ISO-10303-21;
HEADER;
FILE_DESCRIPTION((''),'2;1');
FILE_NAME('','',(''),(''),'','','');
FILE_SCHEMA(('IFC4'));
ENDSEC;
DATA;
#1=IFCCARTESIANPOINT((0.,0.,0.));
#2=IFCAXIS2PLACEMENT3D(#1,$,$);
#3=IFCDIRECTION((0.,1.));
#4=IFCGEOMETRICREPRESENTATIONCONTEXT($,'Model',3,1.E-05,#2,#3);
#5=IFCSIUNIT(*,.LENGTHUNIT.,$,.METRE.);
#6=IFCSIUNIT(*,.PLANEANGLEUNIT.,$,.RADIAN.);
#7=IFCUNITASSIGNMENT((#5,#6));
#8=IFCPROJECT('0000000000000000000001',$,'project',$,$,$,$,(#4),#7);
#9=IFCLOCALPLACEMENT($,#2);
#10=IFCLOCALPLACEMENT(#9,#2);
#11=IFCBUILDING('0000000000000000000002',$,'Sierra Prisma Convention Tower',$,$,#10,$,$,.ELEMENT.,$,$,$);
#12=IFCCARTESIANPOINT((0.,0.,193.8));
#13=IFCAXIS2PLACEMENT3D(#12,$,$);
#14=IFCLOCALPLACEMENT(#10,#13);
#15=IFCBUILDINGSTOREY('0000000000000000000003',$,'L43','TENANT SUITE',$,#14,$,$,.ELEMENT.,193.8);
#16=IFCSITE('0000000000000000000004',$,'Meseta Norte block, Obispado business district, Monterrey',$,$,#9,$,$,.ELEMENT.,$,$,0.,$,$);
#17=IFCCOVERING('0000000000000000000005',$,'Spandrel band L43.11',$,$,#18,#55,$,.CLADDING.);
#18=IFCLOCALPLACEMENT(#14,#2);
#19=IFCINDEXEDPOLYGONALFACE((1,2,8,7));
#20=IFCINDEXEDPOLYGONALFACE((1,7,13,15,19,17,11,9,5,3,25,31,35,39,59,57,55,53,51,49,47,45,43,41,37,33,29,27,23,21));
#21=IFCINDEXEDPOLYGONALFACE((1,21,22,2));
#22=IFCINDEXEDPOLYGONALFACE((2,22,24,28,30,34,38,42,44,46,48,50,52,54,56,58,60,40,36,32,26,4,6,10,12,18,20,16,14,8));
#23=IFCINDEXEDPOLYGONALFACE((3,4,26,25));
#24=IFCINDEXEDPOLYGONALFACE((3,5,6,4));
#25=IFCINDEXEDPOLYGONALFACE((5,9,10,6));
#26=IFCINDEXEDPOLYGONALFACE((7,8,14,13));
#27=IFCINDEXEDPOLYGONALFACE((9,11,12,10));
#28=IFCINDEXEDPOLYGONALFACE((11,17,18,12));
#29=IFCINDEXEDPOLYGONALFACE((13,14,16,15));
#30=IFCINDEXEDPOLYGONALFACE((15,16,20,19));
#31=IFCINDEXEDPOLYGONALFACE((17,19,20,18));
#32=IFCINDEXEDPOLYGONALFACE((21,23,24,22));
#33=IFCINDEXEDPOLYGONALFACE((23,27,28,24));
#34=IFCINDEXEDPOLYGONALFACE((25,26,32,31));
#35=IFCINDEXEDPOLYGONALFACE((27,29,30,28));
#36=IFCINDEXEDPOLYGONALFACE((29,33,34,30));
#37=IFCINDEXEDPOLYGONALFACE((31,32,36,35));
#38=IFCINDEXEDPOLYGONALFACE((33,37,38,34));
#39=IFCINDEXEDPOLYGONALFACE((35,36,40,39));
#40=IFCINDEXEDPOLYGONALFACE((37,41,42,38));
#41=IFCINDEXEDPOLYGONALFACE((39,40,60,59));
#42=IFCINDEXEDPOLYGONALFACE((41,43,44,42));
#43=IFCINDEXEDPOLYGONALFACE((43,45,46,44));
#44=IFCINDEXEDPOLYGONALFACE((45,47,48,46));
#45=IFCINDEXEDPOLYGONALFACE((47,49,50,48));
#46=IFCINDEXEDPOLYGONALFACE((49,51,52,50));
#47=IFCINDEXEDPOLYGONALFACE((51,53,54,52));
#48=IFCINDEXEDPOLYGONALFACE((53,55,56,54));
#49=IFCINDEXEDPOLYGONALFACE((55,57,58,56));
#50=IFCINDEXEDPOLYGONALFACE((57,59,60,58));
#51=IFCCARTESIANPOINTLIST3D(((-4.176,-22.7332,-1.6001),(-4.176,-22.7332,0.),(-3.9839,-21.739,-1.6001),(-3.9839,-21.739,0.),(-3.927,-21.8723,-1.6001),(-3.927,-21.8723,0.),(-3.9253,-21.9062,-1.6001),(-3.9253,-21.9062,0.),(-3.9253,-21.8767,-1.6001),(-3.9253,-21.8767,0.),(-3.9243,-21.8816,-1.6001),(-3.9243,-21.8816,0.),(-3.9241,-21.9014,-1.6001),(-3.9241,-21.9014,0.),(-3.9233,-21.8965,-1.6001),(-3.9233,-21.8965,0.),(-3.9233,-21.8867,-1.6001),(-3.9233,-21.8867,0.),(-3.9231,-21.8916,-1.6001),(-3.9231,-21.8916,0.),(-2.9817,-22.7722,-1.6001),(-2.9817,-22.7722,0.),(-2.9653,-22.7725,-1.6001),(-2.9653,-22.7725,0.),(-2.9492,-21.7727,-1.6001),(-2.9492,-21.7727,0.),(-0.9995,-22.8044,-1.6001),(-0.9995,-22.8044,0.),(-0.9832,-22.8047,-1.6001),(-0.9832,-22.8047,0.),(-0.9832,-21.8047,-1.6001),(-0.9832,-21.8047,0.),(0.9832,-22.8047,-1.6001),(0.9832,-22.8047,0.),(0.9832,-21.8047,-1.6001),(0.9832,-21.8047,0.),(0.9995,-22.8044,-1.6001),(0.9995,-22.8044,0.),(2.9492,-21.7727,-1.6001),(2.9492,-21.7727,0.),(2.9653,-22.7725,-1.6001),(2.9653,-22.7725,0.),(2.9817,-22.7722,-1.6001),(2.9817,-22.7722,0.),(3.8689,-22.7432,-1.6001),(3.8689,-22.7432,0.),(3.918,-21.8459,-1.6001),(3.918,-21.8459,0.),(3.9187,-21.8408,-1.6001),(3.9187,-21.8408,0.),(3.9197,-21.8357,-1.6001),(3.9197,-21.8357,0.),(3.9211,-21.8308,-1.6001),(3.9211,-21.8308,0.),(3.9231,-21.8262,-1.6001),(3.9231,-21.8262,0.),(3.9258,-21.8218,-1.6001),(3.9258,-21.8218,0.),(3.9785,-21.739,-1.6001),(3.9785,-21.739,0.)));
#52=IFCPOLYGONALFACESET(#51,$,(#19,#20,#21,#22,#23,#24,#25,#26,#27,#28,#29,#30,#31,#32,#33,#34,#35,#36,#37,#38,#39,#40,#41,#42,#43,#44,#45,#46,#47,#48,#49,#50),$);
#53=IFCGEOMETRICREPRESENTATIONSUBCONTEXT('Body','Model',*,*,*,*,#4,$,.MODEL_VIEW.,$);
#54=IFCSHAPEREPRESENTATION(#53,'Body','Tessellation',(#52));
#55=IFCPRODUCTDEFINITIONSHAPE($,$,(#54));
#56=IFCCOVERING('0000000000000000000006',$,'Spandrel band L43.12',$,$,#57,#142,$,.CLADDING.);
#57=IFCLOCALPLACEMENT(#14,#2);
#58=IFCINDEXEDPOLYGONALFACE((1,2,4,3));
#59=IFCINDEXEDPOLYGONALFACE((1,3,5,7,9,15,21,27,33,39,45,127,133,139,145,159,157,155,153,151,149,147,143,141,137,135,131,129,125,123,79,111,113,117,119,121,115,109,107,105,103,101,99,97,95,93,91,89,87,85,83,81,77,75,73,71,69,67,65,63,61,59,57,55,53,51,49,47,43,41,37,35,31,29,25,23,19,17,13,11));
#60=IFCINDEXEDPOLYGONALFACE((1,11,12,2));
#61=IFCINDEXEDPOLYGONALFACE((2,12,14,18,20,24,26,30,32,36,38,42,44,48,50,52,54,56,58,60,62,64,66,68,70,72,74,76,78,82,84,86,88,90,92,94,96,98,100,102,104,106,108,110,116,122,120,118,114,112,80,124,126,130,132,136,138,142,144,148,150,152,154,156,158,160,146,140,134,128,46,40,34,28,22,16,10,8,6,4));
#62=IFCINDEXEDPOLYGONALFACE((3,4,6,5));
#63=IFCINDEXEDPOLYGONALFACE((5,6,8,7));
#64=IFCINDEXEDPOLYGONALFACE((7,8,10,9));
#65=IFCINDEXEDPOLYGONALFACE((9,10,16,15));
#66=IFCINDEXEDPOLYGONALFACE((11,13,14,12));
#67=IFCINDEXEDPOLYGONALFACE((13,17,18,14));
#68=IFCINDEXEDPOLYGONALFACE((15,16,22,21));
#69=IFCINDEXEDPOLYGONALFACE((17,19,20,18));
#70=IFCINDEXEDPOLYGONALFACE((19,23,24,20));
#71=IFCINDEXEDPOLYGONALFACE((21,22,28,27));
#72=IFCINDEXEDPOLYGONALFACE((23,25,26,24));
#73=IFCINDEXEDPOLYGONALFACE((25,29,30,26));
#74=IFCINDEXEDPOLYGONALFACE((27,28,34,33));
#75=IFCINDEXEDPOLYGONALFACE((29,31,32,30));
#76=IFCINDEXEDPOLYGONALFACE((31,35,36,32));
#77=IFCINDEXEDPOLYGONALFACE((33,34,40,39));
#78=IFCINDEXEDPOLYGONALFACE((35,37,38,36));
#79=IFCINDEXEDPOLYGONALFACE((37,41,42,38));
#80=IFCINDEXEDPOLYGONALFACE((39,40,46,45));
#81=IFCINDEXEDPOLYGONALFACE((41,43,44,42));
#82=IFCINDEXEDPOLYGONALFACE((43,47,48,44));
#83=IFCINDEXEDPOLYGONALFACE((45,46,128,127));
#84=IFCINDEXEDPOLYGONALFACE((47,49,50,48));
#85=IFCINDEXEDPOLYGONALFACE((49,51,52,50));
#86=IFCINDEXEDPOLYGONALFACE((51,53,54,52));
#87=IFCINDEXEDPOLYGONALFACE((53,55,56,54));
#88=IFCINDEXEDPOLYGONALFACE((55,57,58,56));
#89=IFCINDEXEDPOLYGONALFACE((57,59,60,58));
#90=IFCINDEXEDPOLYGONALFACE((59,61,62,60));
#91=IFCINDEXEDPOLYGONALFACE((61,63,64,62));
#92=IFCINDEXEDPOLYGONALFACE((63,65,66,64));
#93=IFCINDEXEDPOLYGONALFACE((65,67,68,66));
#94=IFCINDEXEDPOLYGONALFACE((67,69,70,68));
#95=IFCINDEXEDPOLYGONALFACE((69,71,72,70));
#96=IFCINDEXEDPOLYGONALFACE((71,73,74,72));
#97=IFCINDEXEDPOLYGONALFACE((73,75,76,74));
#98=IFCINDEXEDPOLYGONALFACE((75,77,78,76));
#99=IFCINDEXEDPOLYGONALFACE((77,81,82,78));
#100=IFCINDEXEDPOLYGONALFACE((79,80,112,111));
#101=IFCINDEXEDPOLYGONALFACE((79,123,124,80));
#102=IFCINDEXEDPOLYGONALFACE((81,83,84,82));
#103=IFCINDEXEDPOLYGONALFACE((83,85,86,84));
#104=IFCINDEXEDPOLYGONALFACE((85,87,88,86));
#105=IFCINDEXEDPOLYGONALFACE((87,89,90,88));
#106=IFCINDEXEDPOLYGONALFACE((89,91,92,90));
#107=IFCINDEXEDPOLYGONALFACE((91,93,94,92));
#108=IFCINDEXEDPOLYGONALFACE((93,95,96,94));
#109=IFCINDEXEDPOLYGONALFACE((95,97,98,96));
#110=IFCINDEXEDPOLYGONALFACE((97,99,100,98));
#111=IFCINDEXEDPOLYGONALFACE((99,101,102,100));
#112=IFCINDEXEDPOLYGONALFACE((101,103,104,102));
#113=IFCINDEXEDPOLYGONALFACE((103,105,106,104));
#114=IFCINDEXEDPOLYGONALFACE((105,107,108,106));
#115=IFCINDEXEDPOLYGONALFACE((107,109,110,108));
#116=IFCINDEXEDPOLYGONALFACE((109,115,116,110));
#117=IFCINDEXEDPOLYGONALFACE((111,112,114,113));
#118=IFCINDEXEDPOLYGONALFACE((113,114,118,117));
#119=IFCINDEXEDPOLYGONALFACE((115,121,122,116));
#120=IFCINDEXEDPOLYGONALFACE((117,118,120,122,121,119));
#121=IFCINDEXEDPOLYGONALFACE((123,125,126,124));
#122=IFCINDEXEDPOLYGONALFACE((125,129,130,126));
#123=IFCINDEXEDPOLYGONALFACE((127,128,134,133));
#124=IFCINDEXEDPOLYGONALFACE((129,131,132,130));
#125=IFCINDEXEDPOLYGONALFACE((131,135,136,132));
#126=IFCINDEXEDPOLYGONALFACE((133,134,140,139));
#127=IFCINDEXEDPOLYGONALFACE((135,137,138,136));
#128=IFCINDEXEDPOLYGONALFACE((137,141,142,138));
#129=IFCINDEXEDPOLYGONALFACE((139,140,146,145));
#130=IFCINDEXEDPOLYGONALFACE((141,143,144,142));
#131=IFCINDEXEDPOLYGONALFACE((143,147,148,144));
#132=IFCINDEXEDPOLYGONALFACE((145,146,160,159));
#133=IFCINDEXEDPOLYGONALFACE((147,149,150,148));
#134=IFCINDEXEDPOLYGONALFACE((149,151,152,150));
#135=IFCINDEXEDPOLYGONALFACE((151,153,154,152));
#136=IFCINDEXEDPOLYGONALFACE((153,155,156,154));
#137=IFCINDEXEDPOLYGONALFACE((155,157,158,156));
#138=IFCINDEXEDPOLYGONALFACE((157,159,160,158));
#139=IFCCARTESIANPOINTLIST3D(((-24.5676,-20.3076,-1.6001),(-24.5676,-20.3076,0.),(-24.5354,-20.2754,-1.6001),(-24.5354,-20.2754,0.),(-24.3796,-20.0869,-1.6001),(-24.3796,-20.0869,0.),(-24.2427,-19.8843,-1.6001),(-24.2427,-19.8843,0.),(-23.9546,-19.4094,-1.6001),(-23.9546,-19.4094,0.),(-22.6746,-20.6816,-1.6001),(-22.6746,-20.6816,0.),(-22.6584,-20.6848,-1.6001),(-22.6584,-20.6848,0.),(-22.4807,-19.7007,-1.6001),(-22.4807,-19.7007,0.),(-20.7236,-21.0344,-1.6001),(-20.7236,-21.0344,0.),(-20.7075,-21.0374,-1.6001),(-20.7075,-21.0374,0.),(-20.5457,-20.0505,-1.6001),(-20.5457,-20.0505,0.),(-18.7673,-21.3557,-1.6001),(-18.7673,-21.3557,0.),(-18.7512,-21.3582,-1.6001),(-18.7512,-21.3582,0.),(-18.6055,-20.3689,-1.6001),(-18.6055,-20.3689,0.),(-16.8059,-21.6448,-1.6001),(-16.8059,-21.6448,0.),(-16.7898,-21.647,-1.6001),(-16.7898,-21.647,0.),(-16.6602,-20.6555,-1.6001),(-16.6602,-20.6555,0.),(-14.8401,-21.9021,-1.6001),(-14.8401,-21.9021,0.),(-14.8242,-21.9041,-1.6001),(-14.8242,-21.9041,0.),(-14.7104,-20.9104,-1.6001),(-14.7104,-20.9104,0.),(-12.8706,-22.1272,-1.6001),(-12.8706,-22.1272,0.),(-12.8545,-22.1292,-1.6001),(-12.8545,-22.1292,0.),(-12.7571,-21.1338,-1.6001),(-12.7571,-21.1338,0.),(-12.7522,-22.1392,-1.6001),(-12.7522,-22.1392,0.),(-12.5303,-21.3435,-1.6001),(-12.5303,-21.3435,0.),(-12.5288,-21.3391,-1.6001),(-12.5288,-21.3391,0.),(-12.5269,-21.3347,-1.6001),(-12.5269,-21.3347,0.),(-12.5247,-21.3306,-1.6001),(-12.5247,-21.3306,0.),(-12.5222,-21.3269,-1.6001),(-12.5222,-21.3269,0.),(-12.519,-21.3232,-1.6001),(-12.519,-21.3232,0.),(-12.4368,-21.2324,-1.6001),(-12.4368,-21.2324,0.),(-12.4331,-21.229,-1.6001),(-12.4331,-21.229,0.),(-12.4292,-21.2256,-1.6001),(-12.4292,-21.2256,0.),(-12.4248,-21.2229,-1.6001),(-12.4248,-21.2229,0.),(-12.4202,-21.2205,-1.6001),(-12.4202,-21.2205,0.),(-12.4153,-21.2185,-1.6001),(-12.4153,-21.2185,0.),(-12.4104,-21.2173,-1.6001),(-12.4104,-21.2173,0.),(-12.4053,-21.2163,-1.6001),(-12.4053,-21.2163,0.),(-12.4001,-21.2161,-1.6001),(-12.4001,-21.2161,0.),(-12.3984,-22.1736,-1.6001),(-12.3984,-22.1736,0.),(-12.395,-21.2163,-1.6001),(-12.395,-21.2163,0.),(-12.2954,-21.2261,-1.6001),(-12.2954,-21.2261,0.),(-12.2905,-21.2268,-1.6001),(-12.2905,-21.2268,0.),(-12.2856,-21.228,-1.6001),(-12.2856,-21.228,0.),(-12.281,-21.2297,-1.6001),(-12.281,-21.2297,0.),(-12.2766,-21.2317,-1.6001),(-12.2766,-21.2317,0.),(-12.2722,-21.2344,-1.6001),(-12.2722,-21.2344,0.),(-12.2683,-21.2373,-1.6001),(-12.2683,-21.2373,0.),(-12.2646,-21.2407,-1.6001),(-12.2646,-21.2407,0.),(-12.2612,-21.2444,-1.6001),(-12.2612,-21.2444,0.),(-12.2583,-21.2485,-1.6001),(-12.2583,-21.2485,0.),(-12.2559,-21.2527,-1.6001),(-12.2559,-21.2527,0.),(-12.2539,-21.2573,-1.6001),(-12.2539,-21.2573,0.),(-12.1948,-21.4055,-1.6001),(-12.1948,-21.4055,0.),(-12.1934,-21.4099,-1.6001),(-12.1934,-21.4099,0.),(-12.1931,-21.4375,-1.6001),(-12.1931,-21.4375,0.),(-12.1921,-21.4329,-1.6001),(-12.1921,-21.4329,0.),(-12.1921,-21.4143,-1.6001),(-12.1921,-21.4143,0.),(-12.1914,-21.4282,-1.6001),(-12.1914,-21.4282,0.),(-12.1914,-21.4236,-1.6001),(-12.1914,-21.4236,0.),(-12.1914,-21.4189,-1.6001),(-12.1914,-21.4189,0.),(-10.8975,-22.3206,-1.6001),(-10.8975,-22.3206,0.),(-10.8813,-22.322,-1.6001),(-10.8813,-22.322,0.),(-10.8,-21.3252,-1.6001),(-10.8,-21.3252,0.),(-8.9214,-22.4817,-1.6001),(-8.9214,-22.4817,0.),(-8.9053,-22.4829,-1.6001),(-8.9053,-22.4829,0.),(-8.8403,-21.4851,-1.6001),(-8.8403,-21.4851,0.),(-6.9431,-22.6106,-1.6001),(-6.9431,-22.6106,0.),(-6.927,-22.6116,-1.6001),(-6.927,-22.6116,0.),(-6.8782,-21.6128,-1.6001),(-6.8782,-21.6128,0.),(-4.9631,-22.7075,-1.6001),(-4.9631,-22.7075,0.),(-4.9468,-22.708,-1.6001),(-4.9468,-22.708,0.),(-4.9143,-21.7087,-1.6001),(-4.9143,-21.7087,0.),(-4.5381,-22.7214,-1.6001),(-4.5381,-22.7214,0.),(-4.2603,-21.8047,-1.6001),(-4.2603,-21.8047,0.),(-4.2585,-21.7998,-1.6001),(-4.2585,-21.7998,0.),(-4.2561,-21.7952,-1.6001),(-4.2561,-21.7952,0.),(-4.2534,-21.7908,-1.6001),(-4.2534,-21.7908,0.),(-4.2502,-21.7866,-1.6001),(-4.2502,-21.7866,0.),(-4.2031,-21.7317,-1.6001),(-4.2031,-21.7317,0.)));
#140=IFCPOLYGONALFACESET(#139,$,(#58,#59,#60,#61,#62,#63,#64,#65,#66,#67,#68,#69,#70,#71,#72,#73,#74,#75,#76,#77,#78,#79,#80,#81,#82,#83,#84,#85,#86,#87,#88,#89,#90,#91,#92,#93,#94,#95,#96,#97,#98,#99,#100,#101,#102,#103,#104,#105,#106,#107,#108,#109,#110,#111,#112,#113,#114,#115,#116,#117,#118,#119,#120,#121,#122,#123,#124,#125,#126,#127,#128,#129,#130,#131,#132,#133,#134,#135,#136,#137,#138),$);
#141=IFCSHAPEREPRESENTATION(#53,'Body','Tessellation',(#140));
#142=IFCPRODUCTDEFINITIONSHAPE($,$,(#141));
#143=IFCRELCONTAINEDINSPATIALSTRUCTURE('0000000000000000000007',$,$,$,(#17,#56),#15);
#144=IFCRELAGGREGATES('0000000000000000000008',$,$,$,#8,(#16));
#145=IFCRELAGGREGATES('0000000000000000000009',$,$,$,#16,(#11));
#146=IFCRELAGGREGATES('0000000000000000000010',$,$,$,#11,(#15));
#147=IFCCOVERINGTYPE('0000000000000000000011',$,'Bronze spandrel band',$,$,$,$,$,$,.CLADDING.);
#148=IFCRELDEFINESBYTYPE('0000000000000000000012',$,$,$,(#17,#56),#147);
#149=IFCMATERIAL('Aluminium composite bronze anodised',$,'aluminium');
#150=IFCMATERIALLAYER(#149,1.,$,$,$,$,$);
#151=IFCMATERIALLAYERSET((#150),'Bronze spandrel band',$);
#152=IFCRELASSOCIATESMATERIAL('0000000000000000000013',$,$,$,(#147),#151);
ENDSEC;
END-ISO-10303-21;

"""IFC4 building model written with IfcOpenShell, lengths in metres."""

from ifc_helpers import new_model, si_unit, direction, frame, origin, place, context, subcontext, project, spatial, polyline, outline, extrude, material, layer, layer_set, type_object, element, save


model = new_model("IFC4")

# Units and contexts
model_context = context("Model", 3, precision=1e-05, world=origin(), true_north=direction((0.0, 1.0)))
body_context = subcontext(model_context, "Body", "Model", "MODEL_VIEW")
ifc_project = project(units=[si_unit("LENGTHUNIT", "METRE"), si_unit("PLANEANGLEUNIT", "RADIAN")], contexts=[model_context])

# Site, building, storey
site_placement = place(None, origin())
site = spatial("IfcSite", under=ifc_project, at=site_placement, Name="Meseta Norte block, Obispado business district, Monterrey", CompositionType="ELEMENT", RefElevation=0.0)
building_placement = place(site_placement, origin())
building = spatial("IfcBuilding", under=site, at=building_placement, Name="Sierra Prisma Convention Tower", CompositionType="ELEMENT")
storey_placement = place(building_placement, frame((0.0, 0.0, 193.8)))
storey = spatial("IfcBuildingStorey", under=building, at=storey_placement, Name="L43", Description="TENANT SUITE", CompositionType="ELEMENT", Elevation=193.8)

# Coverings
ifc_material_1 = material(Name="Aluminium composite bronze anodised", Category="aluminium")
ifc_layer_1 = layer(ifc_material_1, 1.0)
ifc_layer_set_1 = layer_set([ifc_layer_1], Name="Bronze spandrel band")
covering_type_1 = type_object("IfcCoveringType", Name="Bronze spandrel band", PredefinedType="CLADDING", material=ifc_layer_set_1)
covering_1_placement = place(storey_placement, frame((0.0, 0.0, -1.6001)))
element("IfcCovering", 1, at=covering_1_placement, inside=storey, type_object=covering_type_1, Name="Spandrel band L43.11", PredefinedType="CLADDING", context=body_context, shape_type="SweptSolid", body=[
    extrude(outline(polyline([(-3.9839, -21.739), (-2.9492, -21.7727), (-0.9832, -21.8047), (0.9832, -21.8047), (2.9492, -21.7727), (3.9785, -21.739), (3.9258, -21.8218), (3.9231, -21.8262), (3.9211, -21.8308), (3.9197, -21.8357), (3.9187, -21.8408), (3.918, -21.8459), (3.8689, -22.7432), (2.9817, -22.7722), (2.9653, -22.7725), (0.9995, -22.8044), (0.9832, -22.8047), (-0.9832, -22.8047), (-0.9995, -22.8044), (-2.9653, -22.7725), (-2.9817, -22.7722), (-4.176, -22.7332), (-3.9253, -21.9062), (-3.9241, -21.9014), (-3.9233, -21.8965), (-3.9231, -21.8916), (-3.9233, -21.8867), (-3.9243, -21.8816), (-3.9253, -21.8767), (-3.927, -21.8723), (-3.9839, -21.739)])), origin(), (0.0, 0.0, 1.0), 1.6001),
])
covering_2_placement = place(storey_placement, frame((0.0, 0.0, -1.6001)))
element("IfcCovering", 2, at=covering_2_placement, inside=storey, type_object=covering_type_1, Name="Spandrel band L43.12", PredefinedType="CLADDING", context=body_context, shape_type="SweptSolid", body=[
    extrude(outline(polyline([(-12.2559, -21.2527), (-12.2583, -21.2485), (-12.2612, -21.2444), (-12.2646, -21.2407), (-12.2683, -21.2373), (-12.2722, -21.2344), (-12.2766, -21.2317), (-12.281, -21.2297), (-12.2856, -21.228), (-12.2905, -21.2268), (-12.2954, -21.2261), (-12.395, -21.2163), (-12.4001, -21.2161), (-12.4053, -21.2163), (-12.4104, -21.2173), (-12.4153, -21.2185), (-12.4202, -21.2205), (-12.4248, -21.2229), (-12.4292, -21.2256), (-12.4331, -21.229), (-12.4368, -21.2324), (-12.519, -21.3232), (-12.5222, -21.3269), (-12.5247, -21.3306), (-12.5269, -21.3347), (-12.5288, -21.3391), (-12.5303, -21.3435), (-12.7522, -22.1392), (-12.8545, -22.1292), (-12.8706, -22.1272), (-14.8242, -21.9041), (-14.8401, -21.9021), (-16.7898, -21.647), (-16.8059, -21.6448), (-18.7512, -21.3582), (-18.7673, -21.3557), (-20.7075, -21.0374), (-20.7236, -21.0344), (-22.6584, -20.6848), (-22.6746, -20.6816), (-24.5676, -20.3076), (-24.5354, -20.2754), (-24.3796, -20.0869), (-24.2427, -19.8843), (-23.9546, -19.4094), (-22.4807, -19.7007), (-20.5457, -20.0505), (-18.6055, -20.3689), (-16.6602, -20.6555), (-14.7104, -20.9104), (-12.7571, -21.1338), (-10.8, -21.3252), (-8.8403, -21.4851), (-6.8782, -21.6128), (-4.9143, -21.7087), (-4.2031, -21.7317), (-4.2502, -21.7866), (-4.2534, -21.7908), (-4.2561, -21.7952), (-4.2585, -21.7998), (-4.2603, -21.8047), (-4.5381, -22.7214), (-4.9468, -22.708), (-4.9631, -22.7075), (-6.927, -22.6116), (-6.9431, -22.6106), (-8.9053, -22.4829), (-8.9214, -22.4817), (-10.8813, -22.322), (-10.8975, -22.3206), (-12.3984, -22.1736), (-12.1931, -21.4375), (-12.1921, -21.4329), (-12.1914, -21.4282), (-12.1914, -21.4236), (-12.1914, -21.4189), (-12.1921, -21.4143), (-12.1934, -21.4099), (-12.1948, -21.4055), (-12.2539, -21.2573), (-12.2559, -21.2527)])), origin(), (0.0, 0.0, 1.0), 1.6001),
])

save(model, "model.ifc")
